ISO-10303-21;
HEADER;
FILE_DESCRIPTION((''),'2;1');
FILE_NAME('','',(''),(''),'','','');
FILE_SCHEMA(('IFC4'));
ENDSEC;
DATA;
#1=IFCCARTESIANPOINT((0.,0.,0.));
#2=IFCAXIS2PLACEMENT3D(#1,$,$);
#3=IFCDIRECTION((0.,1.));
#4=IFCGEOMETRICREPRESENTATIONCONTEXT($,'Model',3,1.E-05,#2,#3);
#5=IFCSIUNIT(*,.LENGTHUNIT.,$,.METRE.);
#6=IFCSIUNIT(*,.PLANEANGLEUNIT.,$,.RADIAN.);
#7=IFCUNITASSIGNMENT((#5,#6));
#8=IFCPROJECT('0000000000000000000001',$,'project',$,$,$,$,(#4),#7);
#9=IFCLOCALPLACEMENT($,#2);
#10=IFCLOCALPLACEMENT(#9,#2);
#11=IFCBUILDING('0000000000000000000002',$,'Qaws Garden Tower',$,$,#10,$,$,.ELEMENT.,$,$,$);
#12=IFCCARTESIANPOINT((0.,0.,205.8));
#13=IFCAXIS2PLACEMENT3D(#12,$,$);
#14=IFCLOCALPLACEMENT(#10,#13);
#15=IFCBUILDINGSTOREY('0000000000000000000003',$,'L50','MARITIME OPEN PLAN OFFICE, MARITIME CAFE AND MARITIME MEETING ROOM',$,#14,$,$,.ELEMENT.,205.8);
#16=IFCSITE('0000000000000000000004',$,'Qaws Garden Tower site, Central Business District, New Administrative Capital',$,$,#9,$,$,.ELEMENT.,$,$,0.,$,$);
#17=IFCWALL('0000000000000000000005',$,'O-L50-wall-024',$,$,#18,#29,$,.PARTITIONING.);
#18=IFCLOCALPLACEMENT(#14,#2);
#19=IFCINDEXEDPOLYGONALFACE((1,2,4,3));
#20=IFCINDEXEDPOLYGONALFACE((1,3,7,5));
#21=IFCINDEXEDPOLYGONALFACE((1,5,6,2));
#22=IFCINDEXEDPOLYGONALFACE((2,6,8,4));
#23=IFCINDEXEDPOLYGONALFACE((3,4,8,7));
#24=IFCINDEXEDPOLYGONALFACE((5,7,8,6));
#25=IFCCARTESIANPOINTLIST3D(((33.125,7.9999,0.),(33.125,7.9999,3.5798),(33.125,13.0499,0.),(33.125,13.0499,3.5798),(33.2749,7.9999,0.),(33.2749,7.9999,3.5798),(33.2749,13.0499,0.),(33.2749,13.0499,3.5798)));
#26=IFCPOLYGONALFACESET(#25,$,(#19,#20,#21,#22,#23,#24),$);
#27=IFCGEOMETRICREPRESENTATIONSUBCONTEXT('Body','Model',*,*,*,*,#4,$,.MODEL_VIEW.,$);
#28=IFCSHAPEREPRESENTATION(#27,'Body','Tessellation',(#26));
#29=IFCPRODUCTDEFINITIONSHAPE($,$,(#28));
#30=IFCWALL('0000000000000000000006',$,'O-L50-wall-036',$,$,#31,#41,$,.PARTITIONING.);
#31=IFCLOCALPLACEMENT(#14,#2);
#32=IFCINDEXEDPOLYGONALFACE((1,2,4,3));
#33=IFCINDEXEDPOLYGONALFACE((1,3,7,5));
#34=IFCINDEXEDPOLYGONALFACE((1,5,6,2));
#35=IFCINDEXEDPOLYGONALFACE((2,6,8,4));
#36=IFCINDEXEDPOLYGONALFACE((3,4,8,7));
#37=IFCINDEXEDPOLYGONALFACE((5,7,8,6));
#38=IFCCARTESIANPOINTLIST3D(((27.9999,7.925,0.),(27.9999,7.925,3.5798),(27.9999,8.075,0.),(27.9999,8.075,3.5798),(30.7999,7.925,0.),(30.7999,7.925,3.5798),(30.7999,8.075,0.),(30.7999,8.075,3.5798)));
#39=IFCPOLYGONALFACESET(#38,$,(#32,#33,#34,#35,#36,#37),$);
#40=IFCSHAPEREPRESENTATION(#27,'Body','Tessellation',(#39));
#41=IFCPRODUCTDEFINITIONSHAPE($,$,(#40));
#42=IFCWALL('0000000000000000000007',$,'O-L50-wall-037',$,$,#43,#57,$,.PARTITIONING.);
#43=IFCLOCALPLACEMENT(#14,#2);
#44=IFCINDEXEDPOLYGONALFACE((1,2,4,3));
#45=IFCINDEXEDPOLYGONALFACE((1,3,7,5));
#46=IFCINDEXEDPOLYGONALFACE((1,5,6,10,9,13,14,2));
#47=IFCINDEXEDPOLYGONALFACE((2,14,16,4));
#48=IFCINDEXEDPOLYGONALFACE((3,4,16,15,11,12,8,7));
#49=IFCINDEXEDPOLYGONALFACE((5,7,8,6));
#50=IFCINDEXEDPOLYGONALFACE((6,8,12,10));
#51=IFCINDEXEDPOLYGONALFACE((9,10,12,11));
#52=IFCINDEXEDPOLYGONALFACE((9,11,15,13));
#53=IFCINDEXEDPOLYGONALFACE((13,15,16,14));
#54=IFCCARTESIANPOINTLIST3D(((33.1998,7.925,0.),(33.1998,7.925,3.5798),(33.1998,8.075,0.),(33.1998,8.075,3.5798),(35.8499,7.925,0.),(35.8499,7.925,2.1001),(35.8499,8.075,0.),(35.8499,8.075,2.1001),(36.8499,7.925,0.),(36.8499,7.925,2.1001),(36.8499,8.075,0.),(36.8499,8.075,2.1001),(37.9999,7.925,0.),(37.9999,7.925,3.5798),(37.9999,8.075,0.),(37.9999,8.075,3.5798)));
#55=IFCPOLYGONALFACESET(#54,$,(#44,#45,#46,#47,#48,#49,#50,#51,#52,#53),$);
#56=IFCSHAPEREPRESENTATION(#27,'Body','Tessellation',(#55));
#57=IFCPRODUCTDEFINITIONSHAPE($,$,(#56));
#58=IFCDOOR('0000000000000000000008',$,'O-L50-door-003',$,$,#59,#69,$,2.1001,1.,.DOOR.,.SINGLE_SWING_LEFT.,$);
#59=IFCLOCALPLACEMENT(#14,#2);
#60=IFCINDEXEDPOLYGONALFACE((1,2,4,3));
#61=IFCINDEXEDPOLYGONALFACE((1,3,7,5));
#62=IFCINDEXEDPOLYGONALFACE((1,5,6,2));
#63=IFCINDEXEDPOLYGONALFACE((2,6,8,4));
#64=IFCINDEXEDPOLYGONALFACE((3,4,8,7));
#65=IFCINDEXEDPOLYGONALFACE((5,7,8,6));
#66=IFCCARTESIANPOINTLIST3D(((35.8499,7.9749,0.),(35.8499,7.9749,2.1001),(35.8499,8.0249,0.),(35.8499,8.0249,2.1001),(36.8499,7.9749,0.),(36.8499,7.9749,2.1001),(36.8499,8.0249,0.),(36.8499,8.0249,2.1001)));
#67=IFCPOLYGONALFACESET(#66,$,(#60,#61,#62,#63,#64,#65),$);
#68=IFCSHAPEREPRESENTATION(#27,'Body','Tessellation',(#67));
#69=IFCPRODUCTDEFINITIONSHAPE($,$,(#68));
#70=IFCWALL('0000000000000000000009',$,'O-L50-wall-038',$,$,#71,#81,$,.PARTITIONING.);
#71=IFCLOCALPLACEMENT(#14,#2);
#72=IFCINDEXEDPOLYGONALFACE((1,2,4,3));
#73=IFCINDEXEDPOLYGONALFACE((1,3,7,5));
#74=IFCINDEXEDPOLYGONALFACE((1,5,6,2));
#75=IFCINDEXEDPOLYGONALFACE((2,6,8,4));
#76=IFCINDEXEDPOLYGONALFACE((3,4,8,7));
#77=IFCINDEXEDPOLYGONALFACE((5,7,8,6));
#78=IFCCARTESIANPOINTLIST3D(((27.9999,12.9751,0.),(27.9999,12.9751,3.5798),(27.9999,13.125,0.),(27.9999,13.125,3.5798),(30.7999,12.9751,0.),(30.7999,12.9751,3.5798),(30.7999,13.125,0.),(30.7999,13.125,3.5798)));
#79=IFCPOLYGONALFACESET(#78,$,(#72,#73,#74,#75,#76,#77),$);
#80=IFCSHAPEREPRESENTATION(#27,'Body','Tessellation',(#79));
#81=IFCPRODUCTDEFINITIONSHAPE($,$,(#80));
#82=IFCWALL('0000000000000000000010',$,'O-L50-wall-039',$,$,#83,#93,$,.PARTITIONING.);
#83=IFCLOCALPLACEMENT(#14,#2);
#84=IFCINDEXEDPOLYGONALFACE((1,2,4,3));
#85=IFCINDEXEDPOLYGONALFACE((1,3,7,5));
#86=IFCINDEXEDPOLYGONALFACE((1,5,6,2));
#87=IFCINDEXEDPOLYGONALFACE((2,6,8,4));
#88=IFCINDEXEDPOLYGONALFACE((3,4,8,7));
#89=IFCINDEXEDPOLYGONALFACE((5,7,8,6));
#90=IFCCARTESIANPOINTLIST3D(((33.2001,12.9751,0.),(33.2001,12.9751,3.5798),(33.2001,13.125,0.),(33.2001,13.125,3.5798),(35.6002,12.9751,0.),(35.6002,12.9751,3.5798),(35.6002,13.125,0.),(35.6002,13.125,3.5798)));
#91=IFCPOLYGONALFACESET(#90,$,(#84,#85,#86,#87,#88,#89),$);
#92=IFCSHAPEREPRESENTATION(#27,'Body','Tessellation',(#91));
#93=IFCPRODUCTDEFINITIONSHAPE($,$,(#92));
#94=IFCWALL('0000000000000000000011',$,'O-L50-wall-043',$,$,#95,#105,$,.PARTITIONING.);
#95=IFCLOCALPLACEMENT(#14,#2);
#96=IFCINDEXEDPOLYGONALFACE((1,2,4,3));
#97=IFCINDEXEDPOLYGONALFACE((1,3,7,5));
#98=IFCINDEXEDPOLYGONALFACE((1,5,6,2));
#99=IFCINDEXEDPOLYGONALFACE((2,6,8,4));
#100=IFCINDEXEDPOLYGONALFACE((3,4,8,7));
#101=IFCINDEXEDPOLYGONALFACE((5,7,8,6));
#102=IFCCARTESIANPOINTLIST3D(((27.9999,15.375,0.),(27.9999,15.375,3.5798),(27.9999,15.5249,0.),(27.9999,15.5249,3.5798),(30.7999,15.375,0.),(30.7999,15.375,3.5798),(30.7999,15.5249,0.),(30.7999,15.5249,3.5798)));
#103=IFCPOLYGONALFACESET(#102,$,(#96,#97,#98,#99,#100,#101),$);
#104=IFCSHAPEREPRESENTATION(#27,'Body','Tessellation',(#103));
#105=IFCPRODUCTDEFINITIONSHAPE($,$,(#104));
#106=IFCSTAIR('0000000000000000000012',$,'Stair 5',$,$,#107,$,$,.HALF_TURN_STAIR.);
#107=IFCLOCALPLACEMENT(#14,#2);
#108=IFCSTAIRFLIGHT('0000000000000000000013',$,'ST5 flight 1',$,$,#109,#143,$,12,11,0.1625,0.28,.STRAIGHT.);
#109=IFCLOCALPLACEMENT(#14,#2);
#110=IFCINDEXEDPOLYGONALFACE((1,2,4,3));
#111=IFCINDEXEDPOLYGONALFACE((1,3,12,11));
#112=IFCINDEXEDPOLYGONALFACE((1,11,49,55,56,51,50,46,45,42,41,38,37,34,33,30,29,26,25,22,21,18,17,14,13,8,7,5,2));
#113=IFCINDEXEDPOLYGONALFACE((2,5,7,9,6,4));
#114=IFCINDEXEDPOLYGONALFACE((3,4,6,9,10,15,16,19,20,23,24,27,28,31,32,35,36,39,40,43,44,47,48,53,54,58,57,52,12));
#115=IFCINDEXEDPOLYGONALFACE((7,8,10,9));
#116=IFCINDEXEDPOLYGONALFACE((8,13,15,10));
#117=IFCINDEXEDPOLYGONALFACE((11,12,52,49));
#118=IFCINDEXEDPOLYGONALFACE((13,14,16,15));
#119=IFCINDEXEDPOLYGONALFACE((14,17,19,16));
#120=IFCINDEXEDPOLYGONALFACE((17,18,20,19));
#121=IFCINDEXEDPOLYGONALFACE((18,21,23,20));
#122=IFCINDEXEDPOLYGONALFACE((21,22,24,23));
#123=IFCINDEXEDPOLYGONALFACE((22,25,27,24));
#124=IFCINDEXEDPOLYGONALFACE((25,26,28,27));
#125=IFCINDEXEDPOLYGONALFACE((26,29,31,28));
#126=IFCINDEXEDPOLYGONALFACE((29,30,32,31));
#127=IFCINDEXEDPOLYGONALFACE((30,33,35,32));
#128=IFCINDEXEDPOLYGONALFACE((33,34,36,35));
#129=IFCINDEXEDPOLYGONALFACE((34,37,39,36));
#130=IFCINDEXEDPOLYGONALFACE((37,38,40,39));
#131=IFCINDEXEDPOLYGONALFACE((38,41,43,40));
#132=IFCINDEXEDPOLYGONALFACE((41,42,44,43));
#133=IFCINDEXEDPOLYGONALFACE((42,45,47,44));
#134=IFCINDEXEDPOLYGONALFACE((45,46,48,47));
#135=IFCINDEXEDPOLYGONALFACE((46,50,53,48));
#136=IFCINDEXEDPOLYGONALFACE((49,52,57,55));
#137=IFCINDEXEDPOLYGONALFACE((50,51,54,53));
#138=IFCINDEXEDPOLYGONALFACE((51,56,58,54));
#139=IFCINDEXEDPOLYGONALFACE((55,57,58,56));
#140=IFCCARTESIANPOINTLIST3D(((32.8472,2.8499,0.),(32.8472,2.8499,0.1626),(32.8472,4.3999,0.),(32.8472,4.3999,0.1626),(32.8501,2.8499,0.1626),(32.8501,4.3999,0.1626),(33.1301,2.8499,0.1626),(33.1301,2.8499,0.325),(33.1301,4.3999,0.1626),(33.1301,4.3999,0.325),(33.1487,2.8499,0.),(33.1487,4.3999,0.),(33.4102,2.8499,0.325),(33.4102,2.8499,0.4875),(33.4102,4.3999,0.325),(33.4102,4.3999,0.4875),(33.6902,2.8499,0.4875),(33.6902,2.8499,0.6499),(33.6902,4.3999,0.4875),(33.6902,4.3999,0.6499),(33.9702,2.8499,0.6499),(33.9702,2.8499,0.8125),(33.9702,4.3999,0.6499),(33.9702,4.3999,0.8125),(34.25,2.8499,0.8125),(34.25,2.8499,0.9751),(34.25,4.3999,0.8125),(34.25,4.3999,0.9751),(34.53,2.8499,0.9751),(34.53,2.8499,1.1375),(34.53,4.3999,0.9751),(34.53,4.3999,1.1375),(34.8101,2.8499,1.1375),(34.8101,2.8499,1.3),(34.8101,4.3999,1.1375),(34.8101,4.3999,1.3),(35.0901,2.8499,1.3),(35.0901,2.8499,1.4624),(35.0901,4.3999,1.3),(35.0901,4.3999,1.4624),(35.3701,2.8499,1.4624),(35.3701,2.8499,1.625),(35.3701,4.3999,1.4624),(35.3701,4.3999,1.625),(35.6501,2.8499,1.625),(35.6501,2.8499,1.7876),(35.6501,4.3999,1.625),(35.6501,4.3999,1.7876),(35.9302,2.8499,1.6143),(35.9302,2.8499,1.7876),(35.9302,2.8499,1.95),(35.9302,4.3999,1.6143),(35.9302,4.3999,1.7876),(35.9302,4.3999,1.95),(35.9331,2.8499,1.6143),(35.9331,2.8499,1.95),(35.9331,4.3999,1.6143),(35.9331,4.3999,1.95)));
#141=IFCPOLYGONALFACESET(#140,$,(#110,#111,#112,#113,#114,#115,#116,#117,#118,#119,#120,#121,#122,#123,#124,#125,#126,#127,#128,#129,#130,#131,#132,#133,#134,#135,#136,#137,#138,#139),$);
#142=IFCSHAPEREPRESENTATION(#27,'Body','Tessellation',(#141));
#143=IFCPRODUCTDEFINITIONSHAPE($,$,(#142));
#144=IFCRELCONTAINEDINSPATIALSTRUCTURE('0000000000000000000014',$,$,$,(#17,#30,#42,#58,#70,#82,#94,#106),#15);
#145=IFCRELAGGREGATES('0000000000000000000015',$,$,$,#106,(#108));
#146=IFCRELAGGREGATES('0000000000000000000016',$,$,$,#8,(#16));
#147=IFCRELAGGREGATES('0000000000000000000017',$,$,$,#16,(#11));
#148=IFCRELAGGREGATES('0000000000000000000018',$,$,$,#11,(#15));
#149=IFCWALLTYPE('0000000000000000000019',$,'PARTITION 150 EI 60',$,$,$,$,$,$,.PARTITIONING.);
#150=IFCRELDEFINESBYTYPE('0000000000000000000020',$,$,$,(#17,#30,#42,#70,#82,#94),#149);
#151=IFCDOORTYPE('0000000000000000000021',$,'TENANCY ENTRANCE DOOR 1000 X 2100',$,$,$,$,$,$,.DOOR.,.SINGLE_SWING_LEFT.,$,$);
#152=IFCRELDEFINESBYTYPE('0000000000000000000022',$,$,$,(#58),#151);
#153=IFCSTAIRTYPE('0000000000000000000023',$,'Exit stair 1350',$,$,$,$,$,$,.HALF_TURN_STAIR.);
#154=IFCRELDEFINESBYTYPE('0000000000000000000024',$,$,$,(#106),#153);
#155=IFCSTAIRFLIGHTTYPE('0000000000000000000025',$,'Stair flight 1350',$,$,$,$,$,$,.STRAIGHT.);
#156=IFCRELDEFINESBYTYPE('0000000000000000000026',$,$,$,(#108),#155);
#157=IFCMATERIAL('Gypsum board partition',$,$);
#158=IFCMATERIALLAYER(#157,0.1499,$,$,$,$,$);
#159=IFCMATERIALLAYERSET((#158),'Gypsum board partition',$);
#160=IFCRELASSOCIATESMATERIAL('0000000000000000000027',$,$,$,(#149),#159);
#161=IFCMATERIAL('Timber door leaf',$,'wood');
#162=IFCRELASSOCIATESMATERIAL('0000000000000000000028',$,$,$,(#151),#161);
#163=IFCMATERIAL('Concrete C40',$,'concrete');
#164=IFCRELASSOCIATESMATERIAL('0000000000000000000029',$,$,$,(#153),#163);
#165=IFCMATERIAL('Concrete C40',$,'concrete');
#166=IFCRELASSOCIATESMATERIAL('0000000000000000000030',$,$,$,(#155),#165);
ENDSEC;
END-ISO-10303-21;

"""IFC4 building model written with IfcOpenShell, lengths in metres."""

from ifc_helpers import new_model, si_unit, direction, frame, frame_2d, origin, place, context, subcontext, project, spatial, polyline, rectangle, outline, extrude, material, layer, layer_set, type_object, element, fill, aggregate, save


model = new_model("IFC4")

# Units and contexts
model_context = context("Model", 3, precision=1e-05, world=origin(), true_north=direction((0.0, 1.0)))
body_context = subcontext(model_context, "Body", "Model", "MODEL_VIEW")
ifc_project = project(units=[si_unit("LENGTHUNIT", "METRE"), si_unit("PLANEANGLEUNIT", "RADIAN")], contexts=[model_context])

# Site, building, storey
site_placement = place(None, origin())
site = spatial("IfcSite", under=ifc_project, at=site_placement, Name="Qaws Garden Tower site, Central Business District, New Administrative Capital", CompositionType="ELEMENT", RefElevation=0.0)
building_placement = place(site_placement, origin())
building = spatial("IfcBuilding", under=site, at=building_placement, Name="Qaws Garden Tower", CompositionType="ELEMENT")
storey_placement = place(building_placement, frame((0.0, 0.0, 205.8)))
storey = spatial("IfcBuildingStorey", under=building, at=storey_placement, Name="L50", Description="MARITIME OPEN PLAN OFFICE, MARITIME CAFE AND MARITIME MEETING ROOM", CompositionType="ELEMENT", Elevation=205.8)

# Shared definitions
ifc_material_1 = material(Name="Gypsum board partition")
ifc_layer_1 = layer(ifc_material_1, 0.1499)
ifc_layer_set_1 = layer_set([ifc_layer_1], Name="Gypsum board partition")
wall_type_1 = type_object("IfcWallType", Name="PARTITION 150 EI 60", PredefinedType="PARTITIONING", material=ifc_layer_set_1)
ifc_material_2 = material(Name="Timber door leaf", Category="wood")
door_type_1 = type_object("IfcDoorType", Name="TENANCY ENTRANCE DOOR 1000 X 2100", OperationType="SINGLE_SWING_LEFT", PredefinedType="DOOR", material=ifc_material_2)

# Walls
wall_1_placement = place(storey_placement, frame((33.2, 8.0, 0.0), z_axis=(0.0, 0.0, 1.0), x_axis=(0.0, 1.0, 0.0)))
element("IfcWall", 1, at=wall_1_placement, inside=storey, type_object=wall_type_1, Name="O-L50-wall-024", PredefinedType="PARTITIONING", context=body_context, shape_type="SweptSolid", body=[
    extrude(rectangle(XDim=5.05, YDim=0.1499, at=frame_2d((2.5249, 0.0))), origin(), (0.0, 0.0, 1.0), 3.5798),
])
wall_2_placement = place(storey_placement, frame((28.0, 8.0, 0.0), z_axis=(0.0, 0.0, 1.0), x_axis=(1.0, 0.0, 0.0)))
element("IfcWall", 2, at=wall_2_placement, inside=storey, type_object=wall_type_1, Name="O-L50-wall-036", PredefinedType="PARTITIONING", context=body_context, shape_type="SweptSolid", body=[
    extrude(rectangle(XDim=2.8, YDim=0.1499, at=frame_2d((1.3999, 0.0))), origin(), (0.0, 0.0, 1.0), 3.5798),
])

# Wall, opening, door
wall_3_placement = place(storey_placement, frame((33.2, 8.0, 0.0), z_axis=(0.0, 0.0, 1.0), x_axis=(1.0, 0.0, 0.0)))
wall_3 = element("IfcWall", 3, at=wall_3_placement, inside=storey, type_object=wall_type_1, Name="O-L50-wall-037", PredefinedType="PARTITIONING", context=body_context, shape_type="SweptSolid", body=[
    extrude(rectangle(XDim=4.8, YDim=0.1499, at=frame_2d((2.3999, 0.0))), origin(), (0.0, 0.0, 1.0), 3.5798),
])
opening_1_placement = place(wall_3_placement, frame((2.6499, 0.0, 0.0)))
opening_1 = element("IfcOpeningElement", 4, at=opening_1_placement, cuts=wall_3, PredefinedType="OPENING", context=body_context, shape_type="SweptSolid", body=[
    extrude(rectangle(XDim=1.0, YDim=2.1001, at=frame_2d((0.5, 1.05))), frame((0.0, 0.085, 0.0), z_axis=(0.0, -1.0, 0.0), x_axis=(1.0, 0.0, 0.0)), (0.0, 0.0, 1.0), 0.1699),
])
door_1_placement = place(opening_1_placement, origin())
door_1 = element("IfcDoor", 5, at=door_1_placement, inside=storey, type_object=door_type_1, Name="O-L50-door-003", OperationType="SINGLE_SWING_LEFT", OverallHeight=2.1001, OverallWidth=1.0, PredefinedType="DOOR", context=body_context, shape_type="SweptSolid", body=[
    extrude(rectangle(XDim=1.0, YDim=2.1001, at=frame_2d((0.5, 1.05))), frame((0.0, 0.0249, 0.0), z_axis=(0.0, -1.0, 0.0), x_axis=(1.0, 0.0, 0.0)), (0.0, 0.0, 1.0), 0.05),
])
fill(opening_1, door_1)

# Walls
wall_4_placement = place(storey_placement, frame((28.0, 13.05, 0.0), z_axis=(0.0, 0.0, 1.0), x_axis=(1.0, 0.0, 0.0)))
element("IfcWall", 6, at=wall_4_placement, inside=storey, type_object=wall_type_1, Name="O-L50-wall-038", PredefinedType="PARTITIONING", context=body_context, shape_type="SweptSolid", body=[
    extrude(rectangle(XDim=2.8, YDim=0.1499, at=frame_2d((1.3999, 0.0))), origin(), (0.0, 0.0, 1.0), 3.5798),
])
wall_5_placement = place(storey_placement, frame((33.2, 13.05, 0.0), z_axis=(0.0, 0.0, 1.0), x_axis=(1.0, 0.0, 0.0)))
element("IfcWall", 7, at=wall_5_placement, inside=storey, type_object=wall_type_1, Name="O-L50-wall-039", PredefinedType="PARTITIONING", context=body_context, shape_type="SweptSolid", body=[
    extrude(rectangle(XDim=2.4001, YDim=0.1499, at=frame_2d((1.2002, 0.0))), origin(), (0.0, 0.0, 1.0), 3.5798),
])
wall_6_placement = place(storey_placement, frame((28.0, 15.45, 0.0), z_axis=(0.0, 0.0, 1.0), x_axis=(1.0, 0.0, 0.0)))
element("IfcWall", 8, at=wall_6_placement, inside=storey, type_object=wall_type_1, Name="O-L50-wall-043", PredefinedType="PARTITIONING", context=body_context, shape_type="SweptSolid", body=[
    extrude(rectangle(XDim=2.8, YDim=0.1499, at=frame_2d((1.3999, 0.0))), origin(), (0.0, 0.0, 1.0), 3.5798),
])

# Stair, stair flight
ifc_material_3 = material(Name="Concrete C40", Category="concrete")
stair_type = type_object("IfcStairType", Name="Exit stair 1350", PredefinedType="HALF_TURN_STAIR", material=ifc_material_3)
stair_placement = place(storey_placement, origin())
stair = element("IfcStair", 9, at=stair_placement, inside=storey, type_object=stair_type, Name="Stair 5", PredefinedType="HALF_TURN_STAIR")
ifc_material_4 = material(Name="Concrete C40", Category="concrete")
stair_flight_type = type_object("IfcStairFlightType", Name="Stair flight 1350", PredefinedType="STRAIGHT", material=ifc_material_4)
stair_flight_placement = place(storey_placement, frame((32.8501, 3.625, 0.0), z_axis=(0.0, 0.0, 1.0), x_axis=(1.0, 0.0, 0.0)))
stair_flight = element("IfcStairFlight", 10, at=stair_flight_placement, type_object=stair_flight_type, Name="ST5 flight 1", NumberOfRisers=12, NumberOfTreads=11, PredefinedType="STRAIGHT", RiserHeight=0.1625, TreadLength=0.28, context=body_context, shape_type="SweptSolid", body=[
    extrude(outline(polyline([(-0.0029, 0.0), (-0.0029, 0.1626), (0.0, 0.1626), (0.28, 0.1626), (0.28, 0.325), (0.5601, 0.325), (0.5601, 0.4875), (0.8401, 0.4875), (0.8401, 0.6499), (1.1201, 0.6499), (1.1201, 0.8125), (1.3999, 0.8125), (1.3999, 0.9751), (1.6799, 0.9751), (1.6799, 1.1375), (1.96, 1.1375), (1.96, 1.3), (2.24, 1.3), (2.24, 1.4624), (2.52, 1.4624), (2.52, 1.625), (2.8, 1.625), (2.8, 1.7876), (3.0801, 1.7876), (3.0801, 1.95), (3.083, 1.95), (3.083, 1.6143), (3.0801, 1.6143), (0.2986, 0.0), (-0.0029, 0.0)])), frame((0.0, 0.7749, 0.0), z_axis=(0.0, -1.0, 0.0), x_axis=(1.0, 0.0, 0.0)), (0.0, 0.0, 1.0), 1.55),
])
aggregate(stair, [stair_flight])

save(model, "model.ifc")
